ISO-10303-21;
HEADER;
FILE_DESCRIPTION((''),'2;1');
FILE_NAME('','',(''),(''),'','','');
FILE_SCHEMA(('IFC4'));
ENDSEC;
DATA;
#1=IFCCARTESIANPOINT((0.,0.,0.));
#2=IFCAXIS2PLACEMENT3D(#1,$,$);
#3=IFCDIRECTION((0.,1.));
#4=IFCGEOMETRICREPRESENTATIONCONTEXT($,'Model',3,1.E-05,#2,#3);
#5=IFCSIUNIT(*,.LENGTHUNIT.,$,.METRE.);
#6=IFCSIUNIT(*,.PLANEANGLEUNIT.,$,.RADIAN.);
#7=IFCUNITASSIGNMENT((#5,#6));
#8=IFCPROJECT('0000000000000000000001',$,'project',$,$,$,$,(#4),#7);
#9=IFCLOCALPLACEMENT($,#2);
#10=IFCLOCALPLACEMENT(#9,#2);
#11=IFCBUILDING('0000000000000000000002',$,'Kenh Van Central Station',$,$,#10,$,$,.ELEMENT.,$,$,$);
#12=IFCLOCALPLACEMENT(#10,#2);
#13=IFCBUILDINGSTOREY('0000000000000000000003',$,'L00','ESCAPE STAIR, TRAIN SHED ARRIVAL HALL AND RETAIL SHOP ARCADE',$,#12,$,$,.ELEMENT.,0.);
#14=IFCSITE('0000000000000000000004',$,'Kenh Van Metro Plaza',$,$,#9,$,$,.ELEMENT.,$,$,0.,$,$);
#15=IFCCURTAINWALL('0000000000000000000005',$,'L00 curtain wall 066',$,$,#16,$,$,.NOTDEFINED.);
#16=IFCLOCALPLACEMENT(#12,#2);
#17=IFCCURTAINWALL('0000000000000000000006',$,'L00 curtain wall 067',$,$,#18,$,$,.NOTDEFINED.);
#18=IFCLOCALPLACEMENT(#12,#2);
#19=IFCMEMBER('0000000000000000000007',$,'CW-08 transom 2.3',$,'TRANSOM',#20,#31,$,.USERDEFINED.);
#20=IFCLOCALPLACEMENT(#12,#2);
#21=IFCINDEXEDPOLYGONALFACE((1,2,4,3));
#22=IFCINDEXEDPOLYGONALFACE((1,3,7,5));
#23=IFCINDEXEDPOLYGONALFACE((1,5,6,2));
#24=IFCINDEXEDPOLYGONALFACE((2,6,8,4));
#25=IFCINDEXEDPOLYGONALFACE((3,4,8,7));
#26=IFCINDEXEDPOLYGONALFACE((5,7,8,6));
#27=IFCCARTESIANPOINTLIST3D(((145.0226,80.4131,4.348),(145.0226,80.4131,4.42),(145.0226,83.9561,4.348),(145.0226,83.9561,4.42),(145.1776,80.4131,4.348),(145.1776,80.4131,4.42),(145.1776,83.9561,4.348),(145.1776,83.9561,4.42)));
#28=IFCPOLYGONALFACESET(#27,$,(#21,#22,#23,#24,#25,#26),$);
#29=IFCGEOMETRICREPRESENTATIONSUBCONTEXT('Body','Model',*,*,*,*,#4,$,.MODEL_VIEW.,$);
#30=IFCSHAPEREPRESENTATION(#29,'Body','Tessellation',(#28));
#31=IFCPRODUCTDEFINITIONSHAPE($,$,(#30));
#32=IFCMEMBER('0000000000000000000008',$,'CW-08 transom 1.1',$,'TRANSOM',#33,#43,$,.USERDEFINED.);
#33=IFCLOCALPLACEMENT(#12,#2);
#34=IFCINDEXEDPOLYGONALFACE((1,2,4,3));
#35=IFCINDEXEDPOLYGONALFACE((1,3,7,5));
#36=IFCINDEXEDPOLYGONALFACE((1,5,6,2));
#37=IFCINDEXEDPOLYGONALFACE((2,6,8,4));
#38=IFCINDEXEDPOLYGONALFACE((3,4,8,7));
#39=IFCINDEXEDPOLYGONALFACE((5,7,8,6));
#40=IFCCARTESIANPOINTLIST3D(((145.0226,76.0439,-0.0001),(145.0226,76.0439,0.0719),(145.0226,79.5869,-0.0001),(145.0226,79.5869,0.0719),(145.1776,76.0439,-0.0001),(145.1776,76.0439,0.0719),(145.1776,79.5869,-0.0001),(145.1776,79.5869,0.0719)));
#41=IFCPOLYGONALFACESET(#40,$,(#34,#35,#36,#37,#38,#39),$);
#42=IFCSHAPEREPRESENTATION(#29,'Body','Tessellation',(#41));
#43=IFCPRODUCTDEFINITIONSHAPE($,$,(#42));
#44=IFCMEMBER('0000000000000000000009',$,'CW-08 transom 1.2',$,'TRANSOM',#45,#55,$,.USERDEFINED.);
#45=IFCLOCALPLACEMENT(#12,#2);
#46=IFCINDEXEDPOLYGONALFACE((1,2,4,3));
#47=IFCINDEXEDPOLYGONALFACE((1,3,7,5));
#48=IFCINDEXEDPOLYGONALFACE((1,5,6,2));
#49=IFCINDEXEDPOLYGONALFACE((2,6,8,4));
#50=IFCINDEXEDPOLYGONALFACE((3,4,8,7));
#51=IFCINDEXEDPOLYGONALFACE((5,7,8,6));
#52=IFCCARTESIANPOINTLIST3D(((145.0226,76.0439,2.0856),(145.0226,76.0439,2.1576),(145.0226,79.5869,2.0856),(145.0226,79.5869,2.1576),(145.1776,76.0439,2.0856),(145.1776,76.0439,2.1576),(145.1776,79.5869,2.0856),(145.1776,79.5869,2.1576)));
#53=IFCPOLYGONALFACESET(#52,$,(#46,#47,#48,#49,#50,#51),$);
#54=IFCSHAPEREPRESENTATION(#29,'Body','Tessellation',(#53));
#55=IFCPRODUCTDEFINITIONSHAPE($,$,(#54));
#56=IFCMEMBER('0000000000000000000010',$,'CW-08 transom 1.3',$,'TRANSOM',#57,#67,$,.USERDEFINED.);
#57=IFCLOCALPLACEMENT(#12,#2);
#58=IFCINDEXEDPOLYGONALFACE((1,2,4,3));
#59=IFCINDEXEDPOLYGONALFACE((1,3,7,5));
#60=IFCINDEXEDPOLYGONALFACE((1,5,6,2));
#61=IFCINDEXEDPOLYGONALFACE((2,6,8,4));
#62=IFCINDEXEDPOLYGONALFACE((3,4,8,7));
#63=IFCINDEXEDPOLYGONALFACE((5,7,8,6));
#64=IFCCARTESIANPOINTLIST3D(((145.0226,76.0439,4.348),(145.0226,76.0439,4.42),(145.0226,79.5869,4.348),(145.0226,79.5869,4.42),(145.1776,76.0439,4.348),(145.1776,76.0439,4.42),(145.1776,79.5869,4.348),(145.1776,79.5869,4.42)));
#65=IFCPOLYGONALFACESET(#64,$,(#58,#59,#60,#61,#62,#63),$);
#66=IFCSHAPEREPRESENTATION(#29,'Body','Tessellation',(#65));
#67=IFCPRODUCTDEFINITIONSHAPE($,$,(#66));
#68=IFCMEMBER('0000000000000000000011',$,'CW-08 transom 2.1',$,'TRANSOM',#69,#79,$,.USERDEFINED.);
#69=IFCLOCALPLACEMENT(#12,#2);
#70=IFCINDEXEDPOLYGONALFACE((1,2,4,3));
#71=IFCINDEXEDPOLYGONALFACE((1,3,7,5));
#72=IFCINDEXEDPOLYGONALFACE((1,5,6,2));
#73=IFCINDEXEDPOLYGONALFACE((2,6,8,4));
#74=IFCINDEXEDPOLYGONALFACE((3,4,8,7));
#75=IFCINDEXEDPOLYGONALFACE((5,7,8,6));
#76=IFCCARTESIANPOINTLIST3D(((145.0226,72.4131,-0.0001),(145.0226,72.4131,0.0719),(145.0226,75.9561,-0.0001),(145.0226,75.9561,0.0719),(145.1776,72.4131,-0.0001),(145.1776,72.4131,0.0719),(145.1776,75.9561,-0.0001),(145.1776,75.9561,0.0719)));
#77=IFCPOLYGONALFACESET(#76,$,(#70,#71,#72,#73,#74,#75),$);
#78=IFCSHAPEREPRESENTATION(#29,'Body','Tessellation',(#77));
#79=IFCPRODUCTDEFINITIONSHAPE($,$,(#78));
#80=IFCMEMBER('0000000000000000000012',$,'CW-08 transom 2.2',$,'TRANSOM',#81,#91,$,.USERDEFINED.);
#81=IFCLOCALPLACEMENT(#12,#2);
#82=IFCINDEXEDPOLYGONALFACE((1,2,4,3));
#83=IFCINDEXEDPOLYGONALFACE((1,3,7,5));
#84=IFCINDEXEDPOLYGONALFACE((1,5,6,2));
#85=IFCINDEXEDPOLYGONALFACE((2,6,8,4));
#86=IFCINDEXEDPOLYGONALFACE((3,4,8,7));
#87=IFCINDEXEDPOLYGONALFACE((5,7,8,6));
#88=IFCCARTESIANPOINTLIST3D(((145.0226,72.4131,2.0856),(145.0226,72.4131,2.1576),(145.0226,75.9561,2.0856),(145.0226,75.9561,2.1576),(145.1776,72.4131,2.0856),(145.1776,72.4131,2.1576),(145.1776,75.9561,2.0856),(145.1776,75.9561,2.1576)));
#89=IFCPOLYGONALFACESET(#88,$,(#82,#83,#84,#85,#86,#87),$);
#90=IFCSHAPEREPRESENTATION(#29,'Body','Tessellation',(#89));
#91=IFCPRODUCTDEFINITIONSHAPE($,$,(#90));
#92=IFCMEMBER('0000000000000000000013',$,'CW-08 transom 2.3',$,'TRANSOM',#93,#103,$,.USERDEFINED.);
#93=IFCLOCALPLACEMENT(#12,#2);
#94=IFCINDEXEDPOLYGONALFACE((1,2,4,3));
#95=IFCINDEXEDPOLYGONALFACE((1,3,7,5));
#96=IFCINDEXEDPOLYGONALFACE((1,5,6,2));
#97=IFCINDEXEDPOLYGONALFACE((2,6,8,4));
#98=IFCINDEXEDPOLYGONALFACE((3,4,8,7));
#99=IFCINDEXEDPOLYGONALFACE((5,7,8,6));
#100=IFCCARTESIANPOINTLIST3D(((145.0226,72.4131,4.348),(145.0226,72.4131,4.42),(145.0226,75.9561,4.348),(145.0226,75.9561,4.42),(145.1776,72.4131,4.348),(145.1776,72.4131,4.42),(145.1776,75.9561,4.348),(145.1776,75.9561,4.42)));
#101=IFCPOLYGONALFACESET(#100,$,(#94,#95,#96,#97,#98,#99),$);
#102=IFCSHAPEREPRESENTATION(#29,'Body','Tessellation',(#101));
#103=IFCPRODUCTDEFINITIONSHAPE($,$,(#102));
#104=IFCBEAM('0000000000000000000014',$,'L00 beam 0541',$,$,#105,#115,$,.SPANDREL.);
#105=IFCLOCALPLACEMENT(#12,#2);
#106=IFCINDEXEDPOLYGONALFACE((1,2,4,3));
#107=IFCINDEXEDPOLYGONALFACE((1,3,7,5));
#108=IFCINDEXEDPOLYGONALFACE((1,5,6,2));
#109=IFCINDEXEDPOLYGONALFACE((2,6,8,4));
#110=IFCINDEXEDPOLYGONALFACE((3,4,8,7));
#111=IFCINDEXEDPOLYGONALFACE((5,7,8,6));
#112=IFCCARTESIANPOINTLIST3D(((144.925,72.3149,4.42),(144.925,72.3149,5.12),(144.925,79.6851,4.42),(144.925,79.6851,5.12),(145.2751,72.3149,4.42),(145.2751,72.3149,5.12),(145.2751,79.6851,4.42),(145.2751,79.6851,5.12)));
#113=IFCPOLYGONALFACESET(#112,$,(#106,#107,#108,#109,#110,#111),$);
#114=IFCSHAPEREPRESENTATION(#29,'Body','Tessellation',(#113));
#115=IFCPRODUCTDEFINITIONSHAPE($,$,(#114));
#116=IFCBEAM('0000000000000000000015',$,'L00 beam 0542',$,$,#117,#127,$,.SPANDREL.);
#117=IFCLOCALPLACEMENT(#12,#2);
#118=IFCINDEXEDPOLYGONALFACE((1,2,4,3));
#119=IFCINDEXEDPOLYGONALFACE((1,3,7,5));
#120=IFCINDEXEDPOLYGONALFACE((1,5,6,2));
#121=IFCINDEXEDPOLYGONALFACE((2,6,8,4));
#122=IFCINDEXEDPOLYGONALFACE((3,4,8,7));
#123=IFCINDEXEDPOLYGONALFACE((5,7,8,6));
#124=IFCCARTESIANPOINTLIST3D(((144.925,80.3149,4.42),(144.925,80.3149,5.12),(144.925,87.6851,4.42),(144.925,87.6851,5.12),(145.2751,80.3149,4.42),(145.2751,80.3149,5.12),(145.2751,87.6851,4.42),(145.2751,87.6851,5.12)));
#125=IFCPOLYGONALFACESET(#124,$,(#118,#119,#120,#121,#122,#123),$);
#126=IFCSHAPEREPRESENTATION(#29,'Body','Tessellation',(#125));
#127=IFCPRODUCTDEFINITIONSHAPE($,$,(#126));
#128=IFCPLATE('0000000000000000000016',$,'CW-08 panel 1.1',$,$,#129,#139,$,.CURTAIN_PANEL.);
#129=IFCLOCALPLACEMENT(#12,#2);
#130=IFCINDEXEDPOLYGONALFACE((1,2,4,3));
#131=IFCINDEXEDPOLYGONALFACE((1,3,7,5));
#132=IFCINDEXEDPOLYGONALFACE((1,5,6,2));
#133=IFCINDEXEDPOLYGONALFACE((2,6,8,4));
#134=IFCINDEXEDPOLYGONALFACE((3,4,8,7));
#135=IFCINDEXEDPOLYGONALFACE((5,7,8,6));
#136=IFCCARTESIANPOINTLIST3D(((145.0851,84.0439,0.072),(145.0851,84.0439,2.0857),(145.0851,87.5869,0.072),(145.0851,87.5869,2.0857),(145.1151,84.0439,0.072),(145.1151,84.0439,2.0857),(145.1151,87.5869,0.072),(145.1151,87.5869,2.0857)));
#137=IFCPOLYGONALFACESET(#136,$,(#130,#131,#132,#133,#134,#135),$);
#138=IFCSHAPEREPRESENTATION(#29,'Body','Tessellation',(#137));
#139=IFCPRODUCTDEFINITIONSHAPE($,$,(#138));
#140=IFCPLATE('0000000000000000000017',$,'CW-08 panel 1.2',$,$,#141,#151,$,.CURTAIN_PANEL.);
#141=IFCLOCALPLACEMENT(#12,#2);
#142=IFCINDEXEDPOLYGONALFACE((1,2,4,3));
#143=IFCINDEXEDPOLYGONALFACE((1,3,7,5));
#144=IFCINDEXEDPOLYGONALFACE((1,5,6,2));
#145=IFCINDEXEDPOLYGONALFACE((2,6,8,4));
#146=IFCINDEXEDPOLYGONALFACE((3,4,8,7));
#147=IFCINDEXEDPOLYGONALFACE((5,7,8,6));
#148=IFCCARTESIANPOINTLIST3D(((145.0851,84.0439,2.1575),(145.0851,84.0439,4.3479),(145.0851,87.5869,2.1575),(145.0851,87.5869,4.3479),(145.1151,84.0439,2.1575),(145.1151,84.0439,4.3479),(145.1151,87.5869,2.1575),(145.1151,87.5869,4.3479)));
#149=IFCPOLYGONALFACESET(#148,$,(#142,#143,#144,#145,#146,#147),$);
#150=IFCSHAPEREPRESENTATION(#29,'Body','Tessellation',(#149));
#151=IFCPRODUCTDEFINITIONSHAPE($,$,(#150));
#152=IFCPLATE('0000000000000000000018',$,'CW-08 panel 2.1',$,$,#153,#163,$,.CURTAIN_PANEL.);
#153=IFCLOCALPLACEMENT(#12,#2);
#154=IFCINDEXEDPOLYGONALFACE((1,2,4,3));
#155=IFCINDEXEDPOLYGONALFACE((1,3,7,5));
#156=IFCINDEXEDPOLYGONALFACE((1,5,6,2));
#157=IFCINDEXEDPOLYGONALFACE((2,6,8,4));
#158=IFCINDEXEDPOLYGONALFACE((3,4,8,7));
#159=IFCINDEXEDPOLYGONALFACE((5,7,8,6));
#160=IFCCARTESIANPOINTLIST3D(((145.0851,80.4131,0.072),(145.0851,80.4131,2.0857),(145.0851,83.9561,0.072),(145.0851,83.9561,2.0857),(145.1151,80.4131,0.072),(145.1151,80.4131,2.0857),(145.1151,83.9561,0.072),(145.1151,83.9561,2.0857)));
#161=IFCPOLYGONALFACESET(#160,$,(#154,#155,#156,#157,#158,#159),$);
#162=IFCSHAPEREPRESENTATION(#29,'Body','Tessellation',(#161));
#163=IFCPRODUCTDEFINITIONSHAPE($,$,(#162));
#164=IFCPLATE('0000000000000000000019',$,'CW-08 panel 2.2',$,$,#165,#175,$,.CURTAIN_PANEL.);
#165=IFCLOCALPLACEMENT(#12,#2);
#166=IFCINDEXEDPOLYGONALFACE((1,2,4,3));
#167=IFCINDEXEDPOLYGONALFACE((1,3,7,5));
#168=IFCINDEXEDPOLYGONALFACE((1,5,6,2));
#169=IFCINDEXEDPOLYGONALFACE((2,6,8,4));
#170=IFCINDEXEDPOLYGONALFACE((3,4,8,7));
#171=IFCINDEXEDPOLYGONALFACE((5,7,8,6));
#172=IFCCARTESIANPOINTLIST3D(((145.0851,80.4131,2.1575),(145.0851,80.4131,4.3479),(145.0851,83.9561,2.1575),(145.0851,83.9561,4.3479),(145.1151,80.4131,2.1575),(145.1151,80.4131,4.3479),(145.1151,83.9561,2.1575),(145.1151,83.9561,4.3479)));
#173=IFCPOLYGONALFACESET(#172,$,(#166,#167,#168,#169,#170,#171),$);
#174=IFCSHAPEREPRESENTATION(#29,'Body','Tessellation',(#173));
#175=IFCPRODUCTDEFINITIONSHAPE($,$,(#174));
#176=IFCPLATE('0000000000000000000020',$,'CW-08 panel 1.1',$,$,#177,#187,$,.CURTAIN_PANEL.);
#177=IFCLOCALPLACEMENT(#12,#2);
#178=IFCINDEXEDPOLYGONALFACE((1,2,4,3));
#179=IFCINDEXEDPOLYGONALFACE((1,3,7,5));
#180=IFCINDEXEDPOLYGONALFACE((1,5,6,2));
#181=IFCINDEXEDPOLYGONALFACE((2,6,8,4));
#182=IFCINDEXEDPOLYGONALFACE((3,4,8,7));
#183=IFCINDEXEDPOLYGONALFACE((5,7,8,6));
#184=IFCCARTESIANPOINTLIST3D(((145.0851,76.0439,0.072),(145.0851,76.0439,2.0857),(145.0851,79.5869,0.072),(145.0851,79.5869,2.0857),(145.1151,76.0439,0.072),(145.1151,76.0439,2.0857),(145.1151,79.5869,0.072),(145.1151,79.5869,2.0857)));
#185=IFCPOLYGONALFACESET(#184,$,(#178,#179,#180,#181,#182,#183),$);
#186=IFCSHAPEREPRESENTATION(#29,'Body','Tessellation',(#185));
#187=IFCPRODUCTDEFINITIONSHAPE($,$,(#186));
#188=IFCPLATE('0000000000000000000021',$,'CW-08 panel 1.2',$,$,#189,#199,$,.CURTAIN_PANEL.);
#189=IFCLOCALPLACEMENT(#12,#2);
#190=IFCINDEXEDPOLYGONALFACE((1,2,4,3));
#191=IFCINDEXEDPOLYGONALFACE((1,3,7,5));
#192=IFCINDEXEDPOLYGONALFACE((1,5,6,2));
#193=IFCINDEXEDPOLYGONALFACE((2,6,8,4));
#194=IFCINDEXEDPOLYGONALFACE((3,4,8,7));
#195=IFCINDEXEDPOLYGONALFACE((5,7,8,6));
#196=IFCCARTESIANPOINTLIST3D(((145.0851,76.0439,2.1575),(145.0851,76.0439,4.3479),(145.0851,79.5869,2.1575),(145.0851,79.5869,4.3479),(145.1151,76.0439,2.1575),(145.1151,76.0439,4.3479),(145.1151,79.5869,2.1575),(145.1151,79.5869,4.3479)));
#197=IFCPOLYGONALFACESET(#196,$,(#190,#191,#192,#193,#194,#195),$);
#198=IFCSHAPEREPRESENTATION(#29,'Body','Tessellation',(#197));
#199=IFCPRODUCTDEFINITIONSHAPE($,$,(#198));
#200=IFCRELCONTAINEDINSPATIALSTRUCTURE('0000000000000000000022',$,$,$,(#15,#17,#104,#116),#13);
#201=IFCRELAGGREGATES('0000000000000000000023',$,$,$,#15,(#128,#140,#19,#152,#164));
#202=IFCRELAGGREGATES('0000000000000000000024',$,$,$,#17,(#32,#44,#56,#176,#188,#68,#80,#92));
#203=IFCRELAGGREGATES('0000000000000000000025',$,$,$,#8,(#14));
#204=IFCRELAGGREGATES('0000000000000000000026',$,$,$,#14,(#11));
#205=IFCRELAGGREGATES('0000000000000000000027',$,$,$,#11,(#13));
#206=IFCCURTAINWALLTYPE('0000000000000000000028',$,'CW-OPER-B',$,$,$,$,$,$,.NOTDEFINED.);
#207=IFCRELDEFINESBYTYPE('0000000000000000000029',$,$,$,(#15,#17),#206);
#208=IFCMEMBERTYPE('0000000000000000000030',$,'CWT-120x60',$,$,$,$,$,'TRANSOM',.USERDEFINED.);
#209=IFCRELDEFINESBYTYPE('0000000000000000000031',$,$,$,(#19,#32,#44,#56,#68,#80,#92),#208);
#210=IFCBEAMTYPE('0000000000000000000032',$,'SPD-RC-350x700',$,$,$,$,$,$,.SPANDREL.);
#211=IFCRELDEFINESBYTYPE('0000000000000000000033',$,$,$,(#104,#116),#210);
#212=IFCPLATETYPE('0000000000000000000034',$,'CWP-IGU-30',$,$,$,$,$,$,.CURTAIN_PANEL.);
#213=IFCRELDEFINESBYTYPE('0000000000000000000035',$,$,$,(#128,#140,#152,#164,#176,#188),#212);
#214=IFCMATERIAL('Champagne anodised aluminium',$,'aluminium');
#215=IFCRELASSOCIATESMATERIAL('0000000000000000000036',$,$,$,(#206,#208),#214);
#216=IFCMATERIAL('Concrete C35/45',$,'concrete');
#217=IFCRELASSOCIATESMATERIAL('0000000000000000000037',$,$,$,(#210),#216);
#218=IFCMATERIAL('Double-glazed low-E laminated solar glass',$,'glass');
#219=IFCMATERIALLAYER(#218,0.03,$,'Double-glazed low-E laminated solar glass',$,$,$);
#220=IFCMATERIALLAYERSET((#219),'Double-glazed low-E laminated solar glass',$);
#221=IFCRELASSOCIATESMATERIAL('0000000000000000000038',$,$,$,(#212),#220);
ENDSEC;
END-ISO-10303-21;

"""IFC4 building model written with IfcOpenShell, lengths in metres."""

from ifc_helpers import new_model, si_unit, direction, frame, origin, origin_2d, place, context, subcontext, project, spatial, rectangle, extrude, material, layer, layer_set, material_profile, profile_set, type_object, element, aggregate, save


model = new_model("IFC4")

# Units and contexts
model_context = context("Model", 3, precision=1e-05, world=origin(), true_north=direction((0.0, 1.0)))
body_context = subcontext(model_context, "Body", "Model", "MODEL_VIEW")
ifc_project = project(units=[si_unit("LENGTHUNIT", "METRE"), si_unit("PLANEANGLEUNIT", "RADIAN")], contexts=[model_context])

# Site, building, storey
site_placement = place(None, origin())
site = spatial("IfcSite", under=ifc_project, at=site_placement, Name="Kenh Van Metro Plaza", CompositionType="ELEMENT", RefElevation=0.0)
building_placement = place(site_placement, origin())
building = spatial("IfcBuilding", under=site, at=building_placement, Name="Kenh Van Central Station", CompositionType="ELEMENT")
storey_placement = place(building_placement, origin())
storey = spatial("IfcBuildingStorey", under=building, at=storey_placement, Name="L00", Description="ESCAPE STAIR, TRAIN SHED ARRIVAL HALL AND RETAIL SHOP ARCADE", CompositionType="ELEMENT", Elevation=0.0)

# Shared definitions
ifc_material_1 = material(Name="Concrete C35/45", Category="concrete")

# Curtain walls
ifc_material_2 = material(Name="Champagne anodised aluminium", Category="aluminium")
curtain_wall_type = type_object("IfcCurtainWallType", Name="CW-OPER-B", PredefinedType="NOTDEFINED", material=ifc_material_2)
curtain_wall_1_placement = place(storey_placement, origin())
curtain_wall_1 = element("IfcCurtainWall", 1, at=curtain_wall_1_placement, inside=storey, type_object=curtain_wall_type, Name="L00 curtain wall 066", PredefinedType="NOTDEFINED")
curtain_wall_2_placement = place(storey_placement, origin())
curtain_wall_2 = element("IfcCurtainWall", 2, at=curtain_wall_2_placement, inside=storey, type_object=curtain_wall_type, Name="L00 curtain wall 067", PredefinedType="NOTDEFINED")

# Members
ifc_material_profile_1 = material_profile(ifc_material_2, rectangle(XDim=0.155, YDim=0.072, at=origin_2d()), Name="AL 155x72")
ifc_profile_set_1 = profile_set([ifc_material_profile_1], Name="Champagne anodised aluminium")
member_type_1 = type_object("IfcMemberType", Name="CWT-120x60", ElementType="TRANSOM", PredefinedType="USERDEFINED", material=ifc_profile_set_1)
member_1_placement = place(storey_placement, frame((145.1001, 83.9561, 4.384), z_axis=(0.0, -1.0, 0.0), x_axis=(1.0, 0.0, 0.0)))
member_1 = element("IfcMember", 3, at=member_1_placement, type_object=member_type_1, Name="CW-08 transom 2.3", ObjectType="TRANSOM", PredefinedType="USERDEFINED", context=body_context, shape_type="SweptSolid", body=[
    extrude(rectangle(XDim=0.155, YDim=0.072, at=origin_2d()), origin(), (0.0, 0.0, 1.0), 3.543),
])
member_2_placement = place(storey_placement, frame((145.1001, 79.5869, 0.0359), z_axis=(0.0, -1.0, 0.0), x_axis=(1.0, 0.0, 0.0)))
member_2 = element("IfcMember", 4, at=member_2_placement, type_object=member_type_1, Name="CW-08 transom 1.1", ObjectType="TRANSOM", PredefinedType="USERDEFINED", context=body_context, shape_type="SweptSolid", body=[
    extrude(rectangle(XDim=0.155, YDim=0.072, at=origin_2d()), origin(), (0.0, 0.0, 1.0), 3.543),
])
member_3_placement = place(storey_placement, frame((145.1001, 79.5869, 2.1216), z_axis=(0.0, -1.0, 0.0), x_axis=(1.0, 0.0, 0.0)))
member_3 = element("IfcMember", 5, at=member_3_placement, type_object=member_type_1, Name="CW-08 transom 1.2", ObjectType="TRANSOM", PredefinedType="USERDEFINED", context=body_context, shape_type="SweptSolid", body=[
    extrude(rectangle(XDim=0.155, YDim=0.072, at=origin_2d()), origin(), (0.0, 0.0, 1.0), 3.543),
])
member_4_placement = place(storey_placement, frame((145.1001, 79.5869, 4.384), z_axis=(0.0, -1.0, 0.0), x_axis=(1.0, 0.0, 0.0)))
member_4 = element("IfcMember", 6, at=member_4_placement, type_object=member_type_1, Name="CW-08 transom 1.3", ObjectType="TRANSOM", PredefinedType="USERDEFINED", context=body_context, shape_type="SweptSolid", body=[
    extrude(rectangle(XDim=0.155, YDim=0.072, at=origin_2d()), origin(), (0.0, 0.0, 1.0), 3.543),
])
member_5_placement = place(storey_placement, frame((145.1001, 75.9561, 0.0359), z_axis=(0.0, -1.0, 0.0), x_axis=(1.0, 0.0, 0.0)))
member_5 = element("IfcMember", 7, at=member_5_placement, type_object=member_type_1, Name="CW-08 transom 2.1", ObjectType="TRANSOM", PredefinedType="USERDEFINED", context=body_context, shape_type="SweptSolid", body=[
    extrude(rectangle(XDim=0.155, YDim=0.072, at=origin_2d()), origin(), (0.0, 0.0, 1.0), 3.543),
])
member_6_placement = place(storey_placement, frame((145.1001, 75.9561, 2.1216), z_axis=(0.0, -1.0, 0.0), x_axis=(1.0, 0.0, 0.0)))
member_6 = element("IfcMember", 8, at=member_6_placement, type_object=member_type_1, Name="CW-08 transom 2.2", ObjectType="TRANSOM", PredefinedType="USERDEFINED", context=body_context, shape_type="SweptSolid", body=[
    extrude(rectangle(XDim=0.155, YDim=0.072, at=origin_2d()), origin(), (0.0, 0.0, 1.0), 3.543),
])
member_7_placement = place(storey_placement, frame((145.1001, 75.9561, 4.384), z_axis=(0.0, -1.0, 0.0), x_axis=(1.0, 0.0, 0.0)))
member_7 = element("IfcMember", 9, at=member_7_placement, type_object=member_type_1, Name="CW-08 transom 2.3", ObjectType="TRANSOM", PredefinedType="USERDEFINED", context=body_context, shape_type="SweptSolid", body=[
    extrude(rectangle(XDim=0.155, YDim=0.072, at=origin_2d()), origin(), (0.0, 0.0, 1.0), 3.543),
])

# Beams
ifc_material_profile_2 = material_profile(ifc_material_1, rectangle(XDim=0.3501, YDim=0.7, at=origin_2d()), Name="RC 350x700")
ifc_profile_set_2 = profile_set([ifc_material_profile_2], Name="Concrete C35/45")
beam_type = type_object("IfcBeamType", Name="SPD-RC-350x700", PredefinedType="SPANDREL", material=ifc_profile_set_2)
for number, where, z_axis, x_axis, name in (
    (10, (145.1001, 72.3149, 4.77), (0.0, 1.0, 0.0), (-1.0, 0.0, 0.0), "L00 beam 0541"),
    (11, (145.1001, 80.3149, 4.77), (0.0, 1.0, 0.0), (-1.0, 0.0, 0.0), "L00 beam 0542"),
):
    element("IfcBeam", number, at=place(storey_placement, frame(where, z_axis=z_axis, x_axis=x_axis)), inside=storey, type_object=beam_type, Name=name, PredefinedType="SPANDREL", context=body_context, shape_type="SweptSolid", body=[
        extrude(rectangle(XDim=0.3501, YDim=0.7, at=origin_2d()), origin(), (0.0, 0.0, 1.0), 7.3701),
    ])

# Plates
ifc_material_3 = material(Name="Double-glazed low-E laminated solar glass", Category="glass")
ifc_layer = layer(ifc_material_3, 0.03, Name="Double-glazed low-E laminated solar glass")
ifc_layer_set = layer_set([ifc_layer], Name="Double-glazed low-E laminated solar glass")
plate_type = type_object("IfcPlateType", Name="CWP-IGU-30", PredefinedType="CURTAIN_PANEL", material=ifc_layer_set)
plate_1_placement = place(storey_placement, frame((145.1001, 85.8154, 0.072), z_axis=(0.0, 0.0, 1.0), x_axis=(0.0, -1.0, 0.0)))
plate_1 = element("IfcPlate", 12, at=plate_1_placement, type_object=plate_type, Name="CW-08 panel 1.1", PredefinedType="CURTAIN_PANEL", context=body_context, shape_type="SweptSolid", body=[
    extrude(rectangle(XDim=3.543, YDim=0.03, at=origin_2d()), origin(), (0.0, 0.0, 1.0), 2.0137),
])
plate_2_placement = place(storey_placement, frame((145.1001, 85.8154, 2.1575), z_axis=(0.0, 0.0, 1.0), x_axis=(0.0, -1.0, 0.0)))
plate_2 = element("IfcPlate", 13, at=plate_2_placement, type_object=plate_type, Name="CW-08 panel 1.2", PredefinedType="CURTAIN_PANEL", context=body_context, shape_type="SweptSolid", body=[
    extrude(rectangle(XDim=3.543, YDim=0.03, at=origin_2d()), origin(), (0.0, 0.0, 1.0), 2.1904),
])
plate_3_placement = place(storey_placement, frame((145.1001, 82.1846, 0.072), z_axis=(0.0, 0.0, 1.0), x_axis=(0.0, -1.0, 0.0)))
plate_3 = element("IfcPlate", 14, at=plate_3_placement, type_object=plate_type, Name="CW-08 panel 2.1", PredefinedType="CURTAIN_PANEL", context=body_context, shape_type="SweptSolid", body=[
    extrude(rectangle(XDim=3.543, YDim=0.03, at=origin_2d()), origin(), (0.0, 0.0, 1.0), 2.0137),
])
plate_4_placement = place(storey_placement, frame((145.1001, 82.1846, 2.1575), z_axis=(0.0, 0.0, 1.0), x_axis=(0.0, -1.0, 0.0)))
plate_4 = element("IfcPlate", 15, at=plate_4_placement, type_object=plate_type, Name="CW-08 panel 2.2", PredefinedType="CURTAIN_PANEL", context=body_context, shape_type="SweptSolid", body=[
    extrude(rectangle(XDim=3.543, YDim=0.03, at=origin_2d()), origin(), (0.0, 0.0, 1.0), 2.1904),
])
aggregate(curtain_wall_1, [plate_1, plate_2, member_1, plate_3, plate_4])
plate_5_placement = place(storey_placement, frame((145.1001, 77.8154, 0.072), z_axis=(0.0, 0.0, 1.0), x_axis=(0.0, -1.0, 0.0)))
plate_5 = element("IfcPlate", 16, at=plate_5_placement, type_object=plate_type, Name="CW-08 panel 1.1", PredefinedType="CURTAIN_PANEL", context=body_context, shape_type="SweptSolid", body=[
    extrude(rectangle(XDim=3.543, YDim=0.03, at=origin_2d()), origin(), (0.0, 0.0, 1.0), 2.0137),
])
plate_6_placement = place(storey_placement, frame((145.1001, 77.8154, 2.1575), z_axis=(0.0, 0.0, 1.0), x_axis=(0.0, -1.0, 0.0)))
plate_6 = element("IfcPlate", 17, at=plate_6_placement, type_object=plate_type, Name="CW-08 panel 1.2", PredefinedType="CURTAIN_PANEL", context=body_context, shape_type="SweptSolid", body=[
    extrude(rectangle(XDim=3.543, YDim=0.03, at=origin_2d()), origin(), (0.0, 0.0, 1.0), 2.1904),
])
aggregate(curtain_wall_2, [member_2, member_3, member_4, plate_5, plate_6, member_5, member_6, member_7])

save(model, "model.ifc")
